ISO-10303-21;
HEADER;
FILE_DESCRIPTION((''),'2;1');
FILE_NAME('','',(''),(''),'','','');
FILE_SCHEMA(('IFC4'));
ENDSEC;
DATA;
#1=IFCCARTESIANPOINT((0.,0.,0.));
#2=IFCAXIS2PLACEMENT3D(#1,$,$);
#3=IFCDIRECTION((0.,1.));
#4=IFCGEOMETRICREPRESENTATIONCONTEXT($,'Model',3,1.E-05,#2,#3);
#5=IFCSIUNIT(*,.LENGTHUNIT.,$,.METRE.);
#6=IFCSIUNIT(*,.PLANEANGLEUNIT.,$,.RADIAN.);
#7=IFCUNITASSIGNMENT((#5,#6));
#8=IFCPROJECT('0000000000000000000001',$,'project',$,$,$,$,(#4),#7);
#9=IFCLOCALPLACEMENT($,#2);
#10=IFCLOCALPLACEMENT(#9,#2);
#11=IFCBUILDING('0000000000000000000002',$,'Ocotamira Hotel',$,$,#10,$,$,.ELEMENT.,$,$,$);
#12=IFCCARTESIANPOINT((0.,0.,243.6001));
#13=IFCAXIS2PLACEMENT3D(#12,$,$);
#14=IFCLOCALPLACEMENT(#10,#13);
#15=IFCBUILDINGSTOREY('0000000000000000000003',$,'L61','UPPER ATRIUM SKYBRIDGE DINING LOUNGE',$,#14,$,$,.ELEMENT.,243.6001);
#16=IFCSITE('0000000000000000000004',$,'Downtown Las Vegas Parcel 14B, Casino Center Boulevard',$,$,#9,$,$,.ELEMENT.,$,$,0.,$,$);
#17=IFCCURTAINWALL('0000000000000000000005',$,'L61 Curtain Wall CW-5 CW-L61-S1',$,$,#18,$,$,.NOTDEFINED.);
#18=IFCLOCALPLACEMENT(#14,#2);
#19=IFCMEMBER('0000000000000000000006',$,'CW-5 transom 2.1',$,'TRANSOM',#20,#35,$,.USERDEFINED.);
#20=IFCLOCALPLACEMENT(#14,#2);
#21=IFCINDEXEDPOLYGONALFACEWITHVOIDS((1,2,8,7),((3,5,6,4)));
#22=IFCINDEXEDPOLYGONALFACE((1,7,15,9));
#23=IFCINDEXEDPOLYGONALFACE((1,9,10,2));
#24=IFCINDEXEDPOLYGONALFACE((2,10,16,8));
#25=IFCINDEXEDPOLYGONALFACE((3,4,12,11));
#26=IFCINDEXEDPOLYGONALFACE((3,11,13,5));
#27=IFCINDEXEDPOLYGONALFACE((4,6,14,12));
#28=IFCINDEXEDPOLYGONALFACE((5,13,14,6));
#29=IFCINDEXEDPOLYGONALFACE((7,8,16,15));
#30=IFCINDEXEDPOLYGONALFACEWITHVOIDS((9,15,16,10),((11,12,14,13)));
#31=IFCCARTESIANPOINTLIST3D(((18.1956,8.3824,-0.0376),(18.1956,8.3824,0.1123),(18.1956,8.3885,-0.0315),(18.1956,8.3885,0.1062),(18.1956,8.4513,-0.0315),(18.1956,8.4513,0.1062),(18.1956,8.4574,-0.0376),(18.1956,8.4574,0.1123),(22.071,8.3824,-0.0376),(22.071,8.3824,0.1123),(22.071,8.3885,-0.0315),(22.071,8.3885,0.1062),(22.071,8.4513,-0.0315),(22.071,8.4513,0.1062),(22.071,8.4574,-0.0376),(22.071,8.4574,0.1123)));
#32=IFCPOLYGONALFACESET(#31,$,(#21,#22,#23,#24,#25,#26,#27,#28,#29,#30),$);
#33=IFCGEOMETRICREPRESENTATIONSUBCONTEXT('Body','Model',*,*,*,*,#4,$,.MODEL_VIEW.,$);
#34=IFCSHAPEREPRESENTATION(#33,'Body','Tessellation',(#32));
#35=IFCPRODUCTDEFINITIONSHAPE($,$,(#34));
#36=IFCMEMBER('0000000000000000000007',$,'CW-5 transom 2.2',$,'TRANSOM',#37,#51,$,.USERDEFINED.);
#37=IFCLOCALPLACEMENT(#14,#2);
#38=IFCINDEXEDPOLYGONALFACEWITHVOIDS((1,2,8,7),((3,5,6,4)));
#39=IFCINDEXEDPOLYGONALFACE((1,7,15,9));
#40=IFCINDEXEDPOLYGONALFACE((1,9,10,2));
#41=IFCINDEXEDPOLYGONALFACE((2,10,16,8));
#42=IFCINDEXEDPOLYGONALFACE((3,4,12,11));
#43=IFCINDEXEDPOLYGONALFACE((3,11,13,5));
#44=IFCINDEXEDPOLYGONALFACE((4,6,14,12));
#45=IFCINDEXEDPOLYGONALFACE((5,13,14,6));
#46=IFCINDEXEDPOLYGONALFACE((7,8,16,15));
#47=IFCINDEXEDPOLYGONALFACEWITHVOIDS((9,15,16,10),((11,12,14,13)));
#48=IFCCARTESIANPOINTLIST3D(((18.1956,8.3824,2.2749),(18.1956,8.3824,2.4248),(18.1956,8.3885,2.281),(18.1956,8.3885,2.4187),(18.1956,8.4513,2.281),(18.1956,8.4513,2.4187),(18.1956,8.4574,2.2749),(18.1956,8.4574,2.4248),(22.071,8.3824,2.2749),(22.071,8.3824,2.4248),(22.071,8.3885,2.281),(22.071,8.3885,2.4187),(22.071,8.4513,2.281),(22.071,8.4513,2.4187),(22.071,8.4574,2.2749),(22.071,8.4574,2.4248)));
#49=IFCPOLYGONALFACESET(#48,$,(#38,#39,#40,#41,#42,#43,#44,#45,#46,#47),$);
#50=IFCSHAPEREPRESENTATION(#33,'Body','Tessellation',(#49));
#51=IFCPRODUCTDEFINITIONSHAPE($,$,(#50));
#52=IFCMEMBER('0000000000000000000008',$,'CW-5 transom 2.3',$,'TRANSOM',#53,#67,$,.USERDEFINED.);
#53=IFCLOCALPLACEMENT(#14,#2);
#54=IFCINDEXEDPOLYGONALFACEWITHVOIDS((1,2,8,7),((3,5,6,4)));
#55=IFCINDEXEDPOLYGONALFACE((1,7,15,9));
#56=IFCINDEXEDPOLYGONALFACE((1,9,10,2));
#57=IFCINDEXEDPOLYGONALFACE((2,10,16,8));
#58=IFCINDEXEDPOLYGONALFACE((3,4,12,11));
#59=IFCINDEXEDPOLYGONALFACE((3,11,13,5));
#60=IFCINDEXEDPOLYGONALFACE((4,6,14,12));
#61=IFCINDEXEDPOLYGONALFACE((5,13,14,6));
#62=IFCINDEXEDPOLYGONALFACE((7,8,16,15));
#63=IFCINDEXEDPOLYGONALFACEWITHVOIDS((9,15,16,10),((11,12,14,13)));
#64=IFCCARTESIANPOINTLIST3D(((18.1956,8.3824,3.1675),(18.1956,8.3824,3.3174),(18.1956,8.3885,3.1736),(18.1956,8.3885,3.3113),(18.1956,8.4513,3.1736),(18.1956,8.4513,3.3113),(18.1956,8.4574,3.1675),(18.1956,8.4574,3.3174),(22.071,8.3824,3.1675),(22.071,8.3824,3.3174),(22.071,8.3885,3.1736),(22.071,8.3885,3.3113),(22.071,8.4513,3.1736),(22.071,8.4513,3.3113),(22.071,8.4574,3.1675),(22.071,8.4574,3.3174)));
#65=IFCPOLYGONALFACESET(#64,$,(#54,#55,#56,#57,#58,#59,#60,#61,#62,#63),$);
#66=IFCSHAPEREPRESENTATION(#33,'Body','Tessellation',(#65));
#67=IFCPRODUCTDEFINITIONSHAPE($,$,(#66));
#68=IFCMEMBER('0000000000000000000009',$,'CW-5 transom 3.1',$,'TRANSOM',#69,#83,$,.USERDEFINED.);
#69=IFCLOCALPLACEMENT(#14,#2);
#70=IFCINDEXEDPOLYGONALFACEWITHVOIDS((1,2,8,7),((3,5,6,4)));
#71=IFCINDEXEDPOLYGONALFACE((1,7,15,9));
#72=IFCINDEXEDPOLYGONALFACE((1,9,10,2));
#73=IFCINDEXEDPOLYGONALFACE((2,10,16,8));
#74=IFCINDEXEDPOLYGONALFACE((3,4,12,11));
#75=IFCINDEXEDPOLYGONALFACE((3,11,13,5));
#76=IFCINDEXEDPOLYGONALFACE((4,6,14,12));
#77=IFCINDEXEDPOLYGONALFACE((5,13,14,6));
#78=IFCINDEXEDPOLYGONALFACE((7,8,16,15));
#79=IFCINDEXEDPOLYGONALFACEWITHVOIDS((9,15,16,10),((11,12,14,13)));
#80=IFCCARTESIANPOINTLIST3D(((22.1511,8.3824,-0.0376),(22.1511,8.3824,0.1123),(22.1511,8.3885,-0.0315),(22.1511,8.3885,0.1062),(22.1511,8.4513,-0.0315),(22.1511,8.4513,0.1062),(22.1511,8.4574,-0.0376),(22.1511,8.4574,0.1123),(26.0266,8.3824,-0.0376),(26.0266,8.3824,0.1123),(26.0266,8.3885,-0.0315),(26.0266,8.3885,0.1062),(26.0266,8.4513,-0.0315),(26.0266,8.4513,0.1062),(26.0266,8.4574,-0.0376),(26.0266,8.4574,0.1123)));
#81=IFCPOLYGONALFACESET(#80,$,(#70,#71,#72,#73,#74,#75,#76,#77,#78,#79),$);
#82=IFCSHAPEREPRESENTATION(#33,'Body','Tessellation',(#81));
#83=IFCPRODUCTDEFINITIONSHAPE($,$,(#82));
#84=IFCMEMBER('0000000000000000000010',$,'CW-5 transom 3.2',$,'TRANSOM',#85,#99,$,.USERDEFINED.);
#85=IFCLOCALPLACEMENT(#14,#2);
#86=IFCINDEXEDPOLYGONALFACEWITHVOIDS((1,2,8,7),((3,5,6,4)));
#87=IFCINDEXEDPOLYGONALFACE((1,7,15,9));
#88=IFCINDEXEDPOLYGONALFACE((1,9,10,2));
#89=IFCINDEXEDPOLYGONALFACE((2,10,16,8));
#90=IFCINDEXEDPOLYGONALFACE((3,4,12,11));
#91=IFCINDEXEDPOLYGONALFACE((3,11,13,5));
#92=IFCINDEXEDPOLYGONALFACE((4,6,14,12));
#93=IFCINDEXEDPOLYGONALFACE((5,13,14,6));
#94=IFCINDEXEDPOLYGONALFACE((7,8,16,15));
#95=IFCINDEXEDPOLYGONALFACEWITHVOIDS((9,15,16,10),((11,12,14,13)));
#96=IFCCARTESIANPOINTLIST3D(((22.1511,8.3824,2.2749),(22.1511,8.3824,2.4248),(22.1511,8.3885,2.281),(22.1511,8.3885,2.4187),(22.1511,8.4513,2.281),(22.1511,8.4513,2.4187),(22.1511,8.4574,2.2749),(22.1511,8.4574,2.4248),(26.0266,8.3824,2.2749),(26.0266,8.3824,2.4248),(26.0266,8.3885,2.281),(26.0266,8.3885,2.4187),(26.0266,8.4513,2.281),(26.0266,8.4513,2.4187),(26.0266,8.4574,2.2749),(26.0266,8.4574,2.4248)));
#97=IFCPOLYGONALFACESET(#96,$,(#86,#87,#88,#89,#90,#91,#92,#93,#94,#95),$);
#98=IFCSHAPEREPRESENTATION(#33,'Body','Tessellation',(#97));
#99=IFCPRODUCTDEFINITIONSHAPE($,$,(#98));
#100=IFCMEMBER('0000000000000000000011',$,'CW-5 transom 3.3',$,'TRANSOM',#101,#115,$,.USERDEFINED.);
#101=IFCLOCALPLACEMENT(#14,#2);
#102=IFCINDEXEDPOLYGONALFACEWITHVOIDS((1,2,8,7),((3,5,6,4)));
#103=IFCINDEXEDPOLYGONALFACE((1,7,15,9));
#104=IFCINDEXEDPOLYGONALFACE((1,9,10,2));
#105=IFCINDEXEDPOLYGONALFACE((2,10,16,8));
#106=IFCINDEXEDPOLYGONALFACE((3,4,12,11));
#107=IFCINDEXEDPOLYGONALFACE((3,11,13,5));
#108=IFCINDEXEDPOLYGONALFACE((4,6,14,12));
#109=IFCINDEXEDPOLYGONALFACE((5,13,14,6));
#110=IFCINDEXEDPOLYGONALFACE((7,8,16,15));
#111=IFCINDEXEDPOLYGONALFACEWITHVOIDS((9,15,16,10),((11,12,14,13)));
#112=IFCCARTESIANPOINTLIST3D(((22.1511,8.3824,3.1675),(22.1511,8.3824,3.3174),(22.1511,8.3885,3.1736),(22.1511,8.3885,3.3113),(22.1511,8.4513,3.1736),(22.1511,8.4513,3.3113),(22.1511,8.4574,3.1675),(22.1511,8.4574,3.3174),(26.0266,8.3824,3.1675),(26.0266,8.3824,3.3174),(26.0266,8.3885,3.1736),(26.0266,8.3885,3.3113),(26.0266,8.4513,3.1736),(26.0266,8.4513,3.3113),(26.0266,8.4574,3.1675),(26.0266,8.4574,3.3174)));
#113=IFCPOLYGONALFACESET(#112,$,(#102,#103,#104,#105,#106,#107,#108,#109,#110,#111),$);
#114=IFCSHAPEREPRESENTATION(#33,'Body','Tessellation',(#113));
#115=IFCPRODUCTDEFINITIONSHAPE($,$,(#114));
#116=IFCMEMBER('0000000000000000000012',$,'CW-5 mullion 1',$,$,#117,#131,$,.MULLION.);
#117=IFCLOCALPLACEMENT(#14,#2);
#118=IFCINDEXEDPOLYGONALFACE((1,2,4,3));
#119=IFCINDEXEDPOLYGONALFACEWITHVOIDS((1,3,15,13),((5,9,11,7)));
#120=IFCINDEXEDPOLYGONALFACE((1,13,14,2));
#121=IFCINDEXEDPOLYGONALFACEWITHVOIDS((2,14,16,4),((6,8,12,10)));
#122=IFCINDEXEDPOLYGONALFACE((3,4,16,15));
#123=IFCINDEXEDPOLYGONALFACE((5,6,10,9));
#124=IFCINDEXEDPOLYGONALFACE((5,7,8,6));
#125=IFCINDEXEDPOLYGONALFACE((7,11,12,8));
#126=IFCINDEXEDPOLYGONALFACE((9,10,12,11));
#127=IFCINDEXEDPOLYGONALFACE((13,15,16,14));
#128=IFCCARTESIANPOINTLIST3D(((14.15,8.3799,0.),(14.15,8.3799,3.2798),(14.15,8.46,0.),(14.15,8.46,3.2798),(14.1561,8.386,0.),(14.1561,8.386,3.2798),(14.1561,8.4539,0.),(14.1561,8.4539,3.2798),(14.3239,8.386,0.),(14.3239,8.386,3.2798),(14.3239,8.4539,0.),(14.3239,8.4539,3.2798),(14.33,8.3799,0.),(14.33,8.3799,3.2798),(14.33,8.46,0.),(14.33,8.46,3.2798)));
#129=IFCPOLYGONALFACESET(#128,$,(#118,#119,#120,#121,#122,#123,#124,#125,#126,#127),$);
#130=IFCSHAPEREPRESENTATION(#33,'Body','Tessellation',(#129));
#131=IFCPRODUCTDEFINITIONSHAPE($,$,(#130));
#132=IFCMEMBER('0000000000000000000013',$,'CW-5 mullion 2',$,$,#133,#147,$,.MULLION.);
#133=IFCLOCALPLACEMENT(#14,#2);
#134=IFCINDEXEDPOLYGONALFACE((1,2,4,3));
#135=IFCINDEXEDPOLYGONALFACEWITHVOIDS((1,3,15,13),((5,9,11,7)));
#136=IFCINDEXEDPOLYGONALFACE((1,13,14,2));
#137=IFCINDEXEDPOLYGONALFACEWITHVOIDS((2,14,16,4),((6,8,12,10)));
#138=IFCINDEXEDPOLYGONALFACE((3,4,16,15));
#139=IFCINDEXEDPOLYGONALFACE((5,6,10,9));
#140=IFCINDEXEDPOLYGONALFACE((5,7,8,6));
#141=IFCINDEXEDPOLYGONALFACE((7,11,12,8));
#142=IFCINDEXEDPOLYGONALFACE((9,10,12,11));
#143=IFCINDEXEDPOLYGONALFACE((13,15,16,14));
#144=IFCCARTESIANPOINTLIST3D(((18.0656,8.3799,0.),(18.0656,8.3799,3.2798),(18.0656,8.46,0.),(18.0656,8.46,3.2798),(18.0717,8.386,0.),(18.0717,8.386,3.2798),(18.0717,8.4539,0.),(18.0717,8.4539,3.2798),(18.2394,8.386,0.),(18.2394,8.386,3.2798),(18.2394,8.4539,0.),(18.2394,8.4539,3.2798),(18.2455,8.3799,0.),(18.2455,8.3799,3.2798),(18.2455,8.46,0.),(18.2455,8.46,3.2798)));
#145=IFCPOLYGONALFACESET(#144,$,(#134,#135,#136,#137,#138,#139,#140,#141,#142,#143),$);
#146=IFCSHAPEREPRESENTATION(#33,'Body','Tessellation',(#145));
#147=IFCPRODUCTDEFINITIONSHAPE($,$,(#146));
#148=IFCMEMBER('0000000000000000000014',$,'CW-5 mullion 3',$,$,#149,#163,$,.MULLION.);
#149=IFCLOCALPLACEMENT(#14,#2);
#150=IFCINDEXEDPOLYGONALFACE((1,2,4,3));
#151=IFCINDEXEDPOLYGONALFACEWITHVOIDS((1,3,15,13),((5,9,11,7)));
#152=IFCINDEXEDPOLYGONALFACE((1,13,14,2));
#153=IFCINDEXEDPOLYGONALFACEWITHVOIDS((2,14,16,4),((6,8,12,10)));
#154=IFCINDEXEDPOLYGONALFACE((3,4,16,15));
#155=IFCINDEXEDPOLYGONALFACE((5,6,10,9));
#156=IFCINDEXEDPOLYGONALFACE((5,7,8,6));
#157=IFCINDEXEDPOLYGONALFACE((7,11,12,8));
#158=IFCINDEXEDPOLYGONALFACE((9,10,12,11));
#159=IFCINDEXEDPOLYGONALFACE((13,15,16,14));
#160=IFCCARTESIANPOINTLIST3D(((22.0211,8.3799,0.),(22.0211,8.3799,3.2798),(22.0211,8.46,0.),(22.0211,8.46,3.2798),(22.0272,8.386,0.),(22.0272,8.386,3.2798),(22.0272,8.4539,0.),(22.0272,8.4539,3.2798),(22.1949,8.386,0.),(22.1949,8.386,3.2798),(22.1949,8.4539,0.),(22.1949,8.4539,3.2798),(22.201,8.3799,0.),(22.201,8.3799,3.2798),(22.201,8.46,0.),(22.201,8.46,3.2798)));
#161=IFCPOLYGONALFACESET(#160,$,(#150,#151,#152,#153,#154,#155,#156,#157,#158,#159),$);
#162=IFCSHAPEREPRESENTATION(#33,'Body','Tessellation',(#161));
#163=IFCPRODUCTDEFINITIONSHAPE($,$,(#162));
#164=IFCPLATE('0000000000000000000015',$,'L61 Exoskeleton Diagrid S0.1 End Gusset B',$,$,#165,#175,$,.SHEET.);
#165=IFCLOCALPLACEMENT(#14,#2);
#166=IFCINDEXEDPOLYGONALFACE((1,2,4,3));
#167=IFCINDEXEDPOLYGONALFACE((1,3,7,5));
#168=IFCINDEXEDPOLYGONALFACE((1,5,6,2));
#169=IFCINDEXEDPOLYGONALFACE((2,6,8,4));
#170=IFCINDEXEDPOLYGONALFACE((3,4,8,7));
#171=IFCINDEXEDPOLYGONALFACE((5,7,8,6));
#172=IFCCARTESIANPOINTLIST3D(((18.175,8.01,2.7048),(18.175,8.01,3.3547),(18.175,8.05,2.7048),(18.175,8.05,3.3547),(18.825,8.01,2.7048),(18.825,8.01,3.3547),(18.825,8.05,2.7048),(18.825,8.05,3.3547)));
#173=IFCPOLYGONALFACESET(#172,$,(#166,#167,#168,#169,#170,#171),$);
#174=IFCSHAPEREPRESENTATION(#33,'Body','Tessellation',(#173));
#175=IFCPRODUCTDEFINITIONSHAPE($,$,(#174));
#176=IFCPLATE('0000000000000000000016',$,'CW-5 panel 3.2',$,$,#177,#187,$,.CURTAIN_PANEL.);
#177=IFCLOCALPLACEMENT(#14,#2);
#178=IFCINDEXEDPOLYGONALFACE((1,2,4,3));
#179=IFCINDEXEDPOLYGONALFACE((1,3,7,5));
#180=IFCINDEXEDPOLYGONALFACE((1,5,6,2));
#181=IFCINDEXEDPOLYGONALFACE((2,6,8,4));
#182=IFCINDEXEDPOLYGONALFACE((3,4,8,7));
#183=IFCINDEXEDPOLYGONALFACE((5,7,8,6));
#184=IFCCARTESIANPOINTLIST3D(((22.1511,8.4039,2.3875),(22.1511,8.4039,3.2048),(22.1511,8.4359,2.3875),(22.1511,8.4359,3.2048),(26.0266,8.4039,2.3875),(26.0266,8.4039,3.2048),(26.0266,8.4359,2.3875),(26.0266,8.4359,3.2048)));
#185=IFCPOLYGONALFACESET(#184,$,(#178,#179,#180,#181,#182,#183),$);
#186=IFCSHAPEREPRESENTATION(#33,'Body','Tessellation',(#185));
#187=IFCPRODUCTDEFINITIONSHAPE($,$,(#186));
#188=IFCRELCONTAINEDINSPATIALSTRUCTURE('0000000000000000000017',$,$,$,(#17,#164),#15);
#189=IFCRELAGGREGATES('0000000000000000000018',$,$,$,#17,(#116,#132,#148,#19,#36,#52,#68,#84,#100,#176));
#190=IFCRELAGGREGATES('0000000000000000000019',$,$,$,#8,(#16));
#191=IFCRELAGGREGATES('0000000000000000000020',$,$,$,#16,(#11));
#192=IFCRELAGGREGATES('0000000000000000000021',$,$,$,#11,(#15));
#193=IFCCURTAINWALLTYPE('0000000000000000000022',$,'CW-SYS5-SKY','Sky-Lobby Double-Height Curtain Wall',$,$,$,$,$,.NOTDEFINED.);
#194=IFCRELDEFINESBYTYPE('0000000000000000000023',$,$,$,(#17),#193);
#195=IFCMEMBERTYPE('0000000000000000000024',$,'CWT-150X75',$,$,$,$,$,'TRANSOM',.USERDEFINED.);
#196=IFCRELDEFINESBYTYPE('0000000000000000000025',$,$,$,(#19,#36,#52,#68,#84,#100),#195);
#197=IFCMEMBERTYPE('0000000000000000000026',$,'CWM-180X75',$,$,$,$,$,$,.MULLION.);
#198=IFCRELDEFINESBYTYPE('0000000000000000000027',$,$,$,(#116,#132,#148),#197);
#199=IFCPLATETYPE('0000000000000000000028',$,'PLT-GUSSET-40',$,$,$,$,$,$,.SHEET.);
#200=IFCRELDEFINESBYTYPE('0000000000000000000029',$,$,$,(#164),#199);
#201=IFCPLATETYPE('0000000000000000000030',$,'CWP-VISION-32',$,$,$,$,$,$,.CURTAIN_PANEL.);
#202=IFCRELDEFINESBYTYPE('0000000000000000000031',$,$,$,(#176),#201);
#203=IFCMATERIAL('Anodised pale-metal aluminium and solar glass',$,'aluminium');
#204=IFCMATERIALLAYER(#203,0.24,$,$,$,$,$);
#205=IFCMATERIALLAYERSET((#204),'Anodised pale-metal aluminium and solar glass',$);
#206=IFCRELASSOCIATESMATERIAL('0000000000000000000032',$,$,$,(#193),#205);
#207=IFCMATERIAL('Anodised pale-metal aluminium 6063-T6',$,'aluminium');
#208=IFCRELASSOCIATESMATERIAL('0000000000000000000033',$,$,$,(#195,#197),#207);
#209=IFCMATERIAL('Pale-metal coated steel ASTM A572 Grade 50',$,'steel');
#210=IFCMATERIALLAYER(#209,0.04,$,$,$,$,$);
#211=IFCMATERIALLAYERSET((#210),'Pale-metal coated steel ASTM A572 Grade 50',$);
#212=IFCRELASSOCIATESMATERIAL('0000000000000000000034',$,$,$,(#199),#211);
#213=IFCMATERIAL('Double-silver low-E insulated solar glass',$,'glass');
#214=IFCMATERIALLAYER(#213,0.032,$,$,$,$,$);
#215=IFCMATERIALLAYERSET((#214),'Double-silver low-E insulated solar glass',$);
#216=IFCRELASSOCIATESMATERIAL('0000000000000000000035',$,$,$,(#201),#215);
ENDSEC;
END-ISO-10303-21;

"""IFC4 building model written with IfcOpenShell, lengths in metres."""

from ifc_helpers import new_model, si_unit, direction, frame, origin, origin_2d, place, context, subcontext, project, spatial, rectangle, hollow_rectangle, extrude, source, transform, mapped, material, layer, layer_set, material_profile, profile_set, type_object, element, aggregate, save


model = new_model("IFC4")

# Units and contexts
model_context = context("Model", 3, precision=1e-05, world=origin(), true_north=direction((0.0, 1.0)))
body_context = subcontext(model_context, "Body", "Model", "MODEL_VIEW")
ifc_project = project(units=[si_unit("LENGTHUNIT", "METRE"), si_unit("PLANEANGLEUNIT", "RADIAN")], contexts=[model_context])

# Site, building, storey
site_placement = place(None, origin())
site = spatial("IfcSite", under=ifc_project, at=site_placement, Name="Downtown Las Vegas Parcel 14B, Casino Center Boulevard", CompositionType="ELEMENT", RefElevation=0.0)
building_placement = place(site_placement, origin())
building = spatial("IfcBuilding", under=site, at=building_placement, Name="Ocotamira Hotel", CompositionType="ELEMENT")
storey_placement = place(building_placement, frame((0.0, 0.0, 243.6001)))
storey = spatial("IfcBuildingStorey", under=building, at=storey_placement, Name="L61", Description="UPPER ATRIUM SKYBRIDGE DINING LOUNGE", CompositionType="ELEMENT", Elevation=243.6001)

# Curtain wall, members
ifc_material_1 = material(Name="Anodised pale-metal aluminium and solar glass", Category="aluminium")
ifc_layer_1 = layer(ifc_material_1, 0.24)
ifc_layer_set_1 = layer_set([ifc_layer_1], Name="Anodised pale-metal aluminium and solar glass")
curtain_wall_type = type_object("IfcCurtainWallType", Name="CW-SYS5-SKY", Description="Sky-Lobby Double-Height Curtain Wall", PredefinedType="NOTDEFINED", material=ifc_layer_set_1)
curtain_wall_placement = place(storey_placement, origin())
curtain_wall = element("IfcCurtainWall", 1, at=curtain_wall_placement, inside=storey, type_object=curtain_wall_type, Name="L61 Curtain Wall CW-5 CW-L61-S1", PredefinedType="NOTDEFINED")
ifc_material_2 = material(Name="Anodised pale-metal aluminium 6063-T6", Category="aluminium")
ifc_material_profile_1 = material_profile(ifc_material_2, hollow_rectangle(XDim=0.075, YDim=0.1499, WallThickness=0.0061, at=origin_2d()), Name="HSS150X75X6")
ifc_profile_set_1 = profile_set([ifc_material_profile_1], Name="Anodised pale-metal aluminium 6063-T6")
member_type_1 = type_object("IfcMemberType", Name="CWT-150X75", ElementType="TRANSOM", PredefinedType="USERDEFINED", material=ifc_profile_set_1)
shared_shape_1 = source(origin(), body_context, "Body", "SweptSolid", [
    extrude(hollow_rectangle(XDim=0.075, YDim=0.1499, WallThickness=0.0061, at=origin_2d()), origin(), (0.0, 0.0, 1.0), 3.8755),
])
member_1_placement = place(storey_placement, frame((18.1956, 8.4199, 0.0374), z_axis=(1.0, 0.0, 0.0), x_axis=(0.0, 1.0, 0.0)))
member_1 = element("IfcMember", 2, at=member_1_placement, type_object=member_type_1, Name="CW-5 transom 2.1", ObjectType="TRANSOM", PredefinedType="USERDEFINED", context=body_context, shape_type="MappedRepresentation", body=[
    mapped(shared_shape_1, transform((0.0, 0.0, 0.0), scale=1.0)),
])
member_2_placement = place(storey_placement, frame((18.1956, 8.4199, 2.3499), z_axis=(1.0, 0.0, 0.0), x_axis=(0.0, 1.0, 0.0)))
member_2 = element("IfcMember", 3, at=member_2_placement, type_object=member_type_1, Name="CW-5 transom 2.2", ObjectType="TRANSOM", PredefinedType="USERDEFINED", context=body_context, shape_type="MappedRepresentation", body=[
    mapped(shared_shape_1, transform((0.0, 0.0, 0.0), scale=1.0)),
])
member_3_placement = place(storey_placement, frame((18.1956, 8.4199, 3.2424), z_axis=(1.0, 0.0, 0.0), x_axis=(0.0, 1.0, 0.0)))
member_3 = element("IfcMember", 4, at=member_3_placement, type_object=member_type_1, Name="CW-5 transom 2.3", ObjectType="TRANSOM", PredefinedType="USERDEFINED", context=body_context, shape_type="MappedRepresentation", body=[
    mapped(shared_shape_1, transform((0.0, 0.0, 0.0), scale=1.0)),
])
member_4_placement = place(storey_placement, frame((22.1511, 8.4199, 0.0374), z_axis=(1.0, 0.0, 0.0), x_axis=(0.0, 1.0, 0.0)))
member_4 = element("IfcMember", 5, at=member_4_placement, type_object=member_type_1, Name="CW-5 transom 3.1", ObjectType="TRANSOM", PredefinedType="USERDEFINED", context=body_context, shape_type="MappedRepresentation", body=[
    mapped(shared_shape_1, transform((0.0, 0.0, 0.0), scale=1.0)),
])
member_5_placement = place(storey_placement, frame((22.1511, 8.4199, 2.3499), z_axis=(1.0, 0.0, 0.0), x_axis=(0.0, 1.0, 0.0)))
member_5 = element("IfcMember", 6, at=member_5_placement, type_object=member_type_1, Name="CW-5 transom 3.2", ObjectType="TRANSOM", PredefinedType="USERDEFINED", context=body_context, shape_type="MappedRepresentation", body=[
    mapped(shared_shape_1, transform((0.0, 0.0, 0.0), scale=1.0)),
])
member_6_placement = place(storey_placement, frame((22.1511, 8.4199, 3.2424), z_axis=(1.0, 0.0, 0.0), x_axis=(0.0, 1.0, 0.0)))
member_6 = element("IfcMember", 7, at=member_6_placement, type_object=member_type_1, Name="CW-5 transom 3.3", ObjectType="TRANSOM", PredefinedType="USERDEFINED", context=body_context, shape_type="MappedRepresentation", body=[
    mapped(shared_shape_1, transform((0.0, 0.0, 0.0), scale=1.0)),
])
ifc_material_profile_2 = material_profile(ifc_material_2, hollow_rectangle(XDim=0.0801, YDim=0.1799, WallThickness=0.0061, at=origin_2d()), Name="HSS180X80X6")
ifc_profile_set_2 = profile_set([ifc_material_profile_2], Name="Anodised pale-metal aluminium 6063-T6")
member_type_2 = type_object("IfcMemberType", Name="CWM-180X75", PredefinedType="MULLION", material=ifc_profile_set_2)
shared_shape_2 = source(origin(), body_context, "Body", "SweptSolid", [
    extrude(hollow_rectangle(XDim=0.0801, YDim=0.1799, WallThickness=0.0061, at=origin_2d()), origin(), (0.0, 0.0, 1.0), 3.2798),
])
member_7_placement = place(storey_placement, frame((14.24, 8.4199, 0.0), z_axis=(0.0, 0.0, 1.0), x_axis=(0.0, 1.0, 0.0)))
member_7 = element("IfcMember", 8, at=member_7_placement, type_object=member_type_2, Name="CW-5 mullion 1", PredefinedType="MULLION", context=body_context, shape_type="MappedRepresentation", body=[
    mapped(shared_shape_2, transform((0.0, 0.0, 0.0), scale=1.0)),
])
member_8_placement = place(storey_placement, frame((18.1555, 8.4199, 0.0), z_axis=(0.0, 0.0, 1.0), x_axis=(0.0, 1.0, 0.0)))
member_8 = element("IfcMember", 9, at=member_8_placement, type_object=member_type_2, Name="CW-5 mullion 2", PredefinedType="MULLION", context=body_context, shape_type="MappedRepresentation", body=[
    mapped(shared_shape_2, transform((0.0, 0.0, 0.0), scale=1.0)),
])
member_9_placement = place(storey_placement, frame((22.1111, 8.4199, 0.0), z_axis=(0.0, 0.0, 1.0), x_axis=(0.0, 1.0, 0.0)))
member_9 = element("IfcMember", 10, at=member_9_placement, type_object=member_type_2, Name="CW-5 mullion 3", PredefinedType="MULLION", context=body_context, shape_type="MappedRepresentation", body=[
    mapped(shared_shape_2, transform((0.0, 0.0, 0.0), scale=1.0)),
])

# Plates
ifc_material_3 = material(Name="Pale-metal coated steel ASTM A572 Grade 50", Category="steel")
ifc_layer_2 = layer(ifc_material_3, 0.04)
ifc_layer_set_2 = layer_set([ifc_layer_2], Name="Pale-metal coated steel ASTM A572 Grade 50")
plate_type_1 = type_object("IfcPlateType", Name="PLT-GUSSET-40", PredefinedType="SHEET", material=ifc_layer_set_2)
shared_shape_3 = source(origin(), body_context, "Body", "SweptSolid", [
    extrude(rectangle(XDim=0.6499, YDim=0.04, at=origin_2d()), origin(), (0.0, 0.0, 1.0), 0.6499),
])
plate_1_placement = place(storey_placement, frame((18.5, 8.03, 2.7048), z_axis=(0.0, 0.0, 1.0), x_axis=(1.0, 0.0, 0.0)))
element("IfcPlate", 11, at=plate_1_placement, inside=storey, type_object=plate_type_1, Name="L61 Exoskeleton Diagrid S0.1 End Gusset B", PredefinedType="SHEET", context=body_context, shape_type="MappedRepresentation", body=[
    mapped(shared_shape_3, transform((0.0, 0.0, 0.0), scale=1.0)),
])
ifc_material_4 = material(Name="Double-silver low-E insulated solar glass", Category="glass")
ifc_layer_3 = layer(ifc_material_4, 0.032)
ifc_layer_set_3 = layer_set([ifc_layer_3], Name="Double-silver low-E insulated solar glass")
plate_type_2 = type_object("IfcPlateType", Name="CWP-VISION-32", PredefinedType="CURTAIN_PANEL", material=ifc_layer_set_3)
shared_shape_4 = source(origin(), body_context, "Body", "SweptSolid", [
    extrude(rectangle(XDim=3.8755, YDim=0.032, at=origin_2d()), origin(), (0.0, 0.0, 1.0), 0.8174),
])
plate_2_placement = place(storey_placement, frame((24.0889, 8.4199, 2.3875), z_axis=(0.0, 0.0, 1.0), x_axis=(1.0, 0.0, 0.0)))
plate_2 = element("IfcPlate", 12, at=plate_2_placement, type_object=plate_type_2, Name="CW-5 panel 3.2", PredefinedType="CURTAIN_PANEL", context=body_context, shape_type="MappedRepresentation", body=[
    mapped(shared_shape_4, transform((0.0, 0.0, 0.0), scale=1.0)),
])
aggregate(curtain_wall, [member_7, member_8, member_9, member_1, member_2, member_3, member_4, member_5, member_6, plate_2])

save(model, "model.ifc")
